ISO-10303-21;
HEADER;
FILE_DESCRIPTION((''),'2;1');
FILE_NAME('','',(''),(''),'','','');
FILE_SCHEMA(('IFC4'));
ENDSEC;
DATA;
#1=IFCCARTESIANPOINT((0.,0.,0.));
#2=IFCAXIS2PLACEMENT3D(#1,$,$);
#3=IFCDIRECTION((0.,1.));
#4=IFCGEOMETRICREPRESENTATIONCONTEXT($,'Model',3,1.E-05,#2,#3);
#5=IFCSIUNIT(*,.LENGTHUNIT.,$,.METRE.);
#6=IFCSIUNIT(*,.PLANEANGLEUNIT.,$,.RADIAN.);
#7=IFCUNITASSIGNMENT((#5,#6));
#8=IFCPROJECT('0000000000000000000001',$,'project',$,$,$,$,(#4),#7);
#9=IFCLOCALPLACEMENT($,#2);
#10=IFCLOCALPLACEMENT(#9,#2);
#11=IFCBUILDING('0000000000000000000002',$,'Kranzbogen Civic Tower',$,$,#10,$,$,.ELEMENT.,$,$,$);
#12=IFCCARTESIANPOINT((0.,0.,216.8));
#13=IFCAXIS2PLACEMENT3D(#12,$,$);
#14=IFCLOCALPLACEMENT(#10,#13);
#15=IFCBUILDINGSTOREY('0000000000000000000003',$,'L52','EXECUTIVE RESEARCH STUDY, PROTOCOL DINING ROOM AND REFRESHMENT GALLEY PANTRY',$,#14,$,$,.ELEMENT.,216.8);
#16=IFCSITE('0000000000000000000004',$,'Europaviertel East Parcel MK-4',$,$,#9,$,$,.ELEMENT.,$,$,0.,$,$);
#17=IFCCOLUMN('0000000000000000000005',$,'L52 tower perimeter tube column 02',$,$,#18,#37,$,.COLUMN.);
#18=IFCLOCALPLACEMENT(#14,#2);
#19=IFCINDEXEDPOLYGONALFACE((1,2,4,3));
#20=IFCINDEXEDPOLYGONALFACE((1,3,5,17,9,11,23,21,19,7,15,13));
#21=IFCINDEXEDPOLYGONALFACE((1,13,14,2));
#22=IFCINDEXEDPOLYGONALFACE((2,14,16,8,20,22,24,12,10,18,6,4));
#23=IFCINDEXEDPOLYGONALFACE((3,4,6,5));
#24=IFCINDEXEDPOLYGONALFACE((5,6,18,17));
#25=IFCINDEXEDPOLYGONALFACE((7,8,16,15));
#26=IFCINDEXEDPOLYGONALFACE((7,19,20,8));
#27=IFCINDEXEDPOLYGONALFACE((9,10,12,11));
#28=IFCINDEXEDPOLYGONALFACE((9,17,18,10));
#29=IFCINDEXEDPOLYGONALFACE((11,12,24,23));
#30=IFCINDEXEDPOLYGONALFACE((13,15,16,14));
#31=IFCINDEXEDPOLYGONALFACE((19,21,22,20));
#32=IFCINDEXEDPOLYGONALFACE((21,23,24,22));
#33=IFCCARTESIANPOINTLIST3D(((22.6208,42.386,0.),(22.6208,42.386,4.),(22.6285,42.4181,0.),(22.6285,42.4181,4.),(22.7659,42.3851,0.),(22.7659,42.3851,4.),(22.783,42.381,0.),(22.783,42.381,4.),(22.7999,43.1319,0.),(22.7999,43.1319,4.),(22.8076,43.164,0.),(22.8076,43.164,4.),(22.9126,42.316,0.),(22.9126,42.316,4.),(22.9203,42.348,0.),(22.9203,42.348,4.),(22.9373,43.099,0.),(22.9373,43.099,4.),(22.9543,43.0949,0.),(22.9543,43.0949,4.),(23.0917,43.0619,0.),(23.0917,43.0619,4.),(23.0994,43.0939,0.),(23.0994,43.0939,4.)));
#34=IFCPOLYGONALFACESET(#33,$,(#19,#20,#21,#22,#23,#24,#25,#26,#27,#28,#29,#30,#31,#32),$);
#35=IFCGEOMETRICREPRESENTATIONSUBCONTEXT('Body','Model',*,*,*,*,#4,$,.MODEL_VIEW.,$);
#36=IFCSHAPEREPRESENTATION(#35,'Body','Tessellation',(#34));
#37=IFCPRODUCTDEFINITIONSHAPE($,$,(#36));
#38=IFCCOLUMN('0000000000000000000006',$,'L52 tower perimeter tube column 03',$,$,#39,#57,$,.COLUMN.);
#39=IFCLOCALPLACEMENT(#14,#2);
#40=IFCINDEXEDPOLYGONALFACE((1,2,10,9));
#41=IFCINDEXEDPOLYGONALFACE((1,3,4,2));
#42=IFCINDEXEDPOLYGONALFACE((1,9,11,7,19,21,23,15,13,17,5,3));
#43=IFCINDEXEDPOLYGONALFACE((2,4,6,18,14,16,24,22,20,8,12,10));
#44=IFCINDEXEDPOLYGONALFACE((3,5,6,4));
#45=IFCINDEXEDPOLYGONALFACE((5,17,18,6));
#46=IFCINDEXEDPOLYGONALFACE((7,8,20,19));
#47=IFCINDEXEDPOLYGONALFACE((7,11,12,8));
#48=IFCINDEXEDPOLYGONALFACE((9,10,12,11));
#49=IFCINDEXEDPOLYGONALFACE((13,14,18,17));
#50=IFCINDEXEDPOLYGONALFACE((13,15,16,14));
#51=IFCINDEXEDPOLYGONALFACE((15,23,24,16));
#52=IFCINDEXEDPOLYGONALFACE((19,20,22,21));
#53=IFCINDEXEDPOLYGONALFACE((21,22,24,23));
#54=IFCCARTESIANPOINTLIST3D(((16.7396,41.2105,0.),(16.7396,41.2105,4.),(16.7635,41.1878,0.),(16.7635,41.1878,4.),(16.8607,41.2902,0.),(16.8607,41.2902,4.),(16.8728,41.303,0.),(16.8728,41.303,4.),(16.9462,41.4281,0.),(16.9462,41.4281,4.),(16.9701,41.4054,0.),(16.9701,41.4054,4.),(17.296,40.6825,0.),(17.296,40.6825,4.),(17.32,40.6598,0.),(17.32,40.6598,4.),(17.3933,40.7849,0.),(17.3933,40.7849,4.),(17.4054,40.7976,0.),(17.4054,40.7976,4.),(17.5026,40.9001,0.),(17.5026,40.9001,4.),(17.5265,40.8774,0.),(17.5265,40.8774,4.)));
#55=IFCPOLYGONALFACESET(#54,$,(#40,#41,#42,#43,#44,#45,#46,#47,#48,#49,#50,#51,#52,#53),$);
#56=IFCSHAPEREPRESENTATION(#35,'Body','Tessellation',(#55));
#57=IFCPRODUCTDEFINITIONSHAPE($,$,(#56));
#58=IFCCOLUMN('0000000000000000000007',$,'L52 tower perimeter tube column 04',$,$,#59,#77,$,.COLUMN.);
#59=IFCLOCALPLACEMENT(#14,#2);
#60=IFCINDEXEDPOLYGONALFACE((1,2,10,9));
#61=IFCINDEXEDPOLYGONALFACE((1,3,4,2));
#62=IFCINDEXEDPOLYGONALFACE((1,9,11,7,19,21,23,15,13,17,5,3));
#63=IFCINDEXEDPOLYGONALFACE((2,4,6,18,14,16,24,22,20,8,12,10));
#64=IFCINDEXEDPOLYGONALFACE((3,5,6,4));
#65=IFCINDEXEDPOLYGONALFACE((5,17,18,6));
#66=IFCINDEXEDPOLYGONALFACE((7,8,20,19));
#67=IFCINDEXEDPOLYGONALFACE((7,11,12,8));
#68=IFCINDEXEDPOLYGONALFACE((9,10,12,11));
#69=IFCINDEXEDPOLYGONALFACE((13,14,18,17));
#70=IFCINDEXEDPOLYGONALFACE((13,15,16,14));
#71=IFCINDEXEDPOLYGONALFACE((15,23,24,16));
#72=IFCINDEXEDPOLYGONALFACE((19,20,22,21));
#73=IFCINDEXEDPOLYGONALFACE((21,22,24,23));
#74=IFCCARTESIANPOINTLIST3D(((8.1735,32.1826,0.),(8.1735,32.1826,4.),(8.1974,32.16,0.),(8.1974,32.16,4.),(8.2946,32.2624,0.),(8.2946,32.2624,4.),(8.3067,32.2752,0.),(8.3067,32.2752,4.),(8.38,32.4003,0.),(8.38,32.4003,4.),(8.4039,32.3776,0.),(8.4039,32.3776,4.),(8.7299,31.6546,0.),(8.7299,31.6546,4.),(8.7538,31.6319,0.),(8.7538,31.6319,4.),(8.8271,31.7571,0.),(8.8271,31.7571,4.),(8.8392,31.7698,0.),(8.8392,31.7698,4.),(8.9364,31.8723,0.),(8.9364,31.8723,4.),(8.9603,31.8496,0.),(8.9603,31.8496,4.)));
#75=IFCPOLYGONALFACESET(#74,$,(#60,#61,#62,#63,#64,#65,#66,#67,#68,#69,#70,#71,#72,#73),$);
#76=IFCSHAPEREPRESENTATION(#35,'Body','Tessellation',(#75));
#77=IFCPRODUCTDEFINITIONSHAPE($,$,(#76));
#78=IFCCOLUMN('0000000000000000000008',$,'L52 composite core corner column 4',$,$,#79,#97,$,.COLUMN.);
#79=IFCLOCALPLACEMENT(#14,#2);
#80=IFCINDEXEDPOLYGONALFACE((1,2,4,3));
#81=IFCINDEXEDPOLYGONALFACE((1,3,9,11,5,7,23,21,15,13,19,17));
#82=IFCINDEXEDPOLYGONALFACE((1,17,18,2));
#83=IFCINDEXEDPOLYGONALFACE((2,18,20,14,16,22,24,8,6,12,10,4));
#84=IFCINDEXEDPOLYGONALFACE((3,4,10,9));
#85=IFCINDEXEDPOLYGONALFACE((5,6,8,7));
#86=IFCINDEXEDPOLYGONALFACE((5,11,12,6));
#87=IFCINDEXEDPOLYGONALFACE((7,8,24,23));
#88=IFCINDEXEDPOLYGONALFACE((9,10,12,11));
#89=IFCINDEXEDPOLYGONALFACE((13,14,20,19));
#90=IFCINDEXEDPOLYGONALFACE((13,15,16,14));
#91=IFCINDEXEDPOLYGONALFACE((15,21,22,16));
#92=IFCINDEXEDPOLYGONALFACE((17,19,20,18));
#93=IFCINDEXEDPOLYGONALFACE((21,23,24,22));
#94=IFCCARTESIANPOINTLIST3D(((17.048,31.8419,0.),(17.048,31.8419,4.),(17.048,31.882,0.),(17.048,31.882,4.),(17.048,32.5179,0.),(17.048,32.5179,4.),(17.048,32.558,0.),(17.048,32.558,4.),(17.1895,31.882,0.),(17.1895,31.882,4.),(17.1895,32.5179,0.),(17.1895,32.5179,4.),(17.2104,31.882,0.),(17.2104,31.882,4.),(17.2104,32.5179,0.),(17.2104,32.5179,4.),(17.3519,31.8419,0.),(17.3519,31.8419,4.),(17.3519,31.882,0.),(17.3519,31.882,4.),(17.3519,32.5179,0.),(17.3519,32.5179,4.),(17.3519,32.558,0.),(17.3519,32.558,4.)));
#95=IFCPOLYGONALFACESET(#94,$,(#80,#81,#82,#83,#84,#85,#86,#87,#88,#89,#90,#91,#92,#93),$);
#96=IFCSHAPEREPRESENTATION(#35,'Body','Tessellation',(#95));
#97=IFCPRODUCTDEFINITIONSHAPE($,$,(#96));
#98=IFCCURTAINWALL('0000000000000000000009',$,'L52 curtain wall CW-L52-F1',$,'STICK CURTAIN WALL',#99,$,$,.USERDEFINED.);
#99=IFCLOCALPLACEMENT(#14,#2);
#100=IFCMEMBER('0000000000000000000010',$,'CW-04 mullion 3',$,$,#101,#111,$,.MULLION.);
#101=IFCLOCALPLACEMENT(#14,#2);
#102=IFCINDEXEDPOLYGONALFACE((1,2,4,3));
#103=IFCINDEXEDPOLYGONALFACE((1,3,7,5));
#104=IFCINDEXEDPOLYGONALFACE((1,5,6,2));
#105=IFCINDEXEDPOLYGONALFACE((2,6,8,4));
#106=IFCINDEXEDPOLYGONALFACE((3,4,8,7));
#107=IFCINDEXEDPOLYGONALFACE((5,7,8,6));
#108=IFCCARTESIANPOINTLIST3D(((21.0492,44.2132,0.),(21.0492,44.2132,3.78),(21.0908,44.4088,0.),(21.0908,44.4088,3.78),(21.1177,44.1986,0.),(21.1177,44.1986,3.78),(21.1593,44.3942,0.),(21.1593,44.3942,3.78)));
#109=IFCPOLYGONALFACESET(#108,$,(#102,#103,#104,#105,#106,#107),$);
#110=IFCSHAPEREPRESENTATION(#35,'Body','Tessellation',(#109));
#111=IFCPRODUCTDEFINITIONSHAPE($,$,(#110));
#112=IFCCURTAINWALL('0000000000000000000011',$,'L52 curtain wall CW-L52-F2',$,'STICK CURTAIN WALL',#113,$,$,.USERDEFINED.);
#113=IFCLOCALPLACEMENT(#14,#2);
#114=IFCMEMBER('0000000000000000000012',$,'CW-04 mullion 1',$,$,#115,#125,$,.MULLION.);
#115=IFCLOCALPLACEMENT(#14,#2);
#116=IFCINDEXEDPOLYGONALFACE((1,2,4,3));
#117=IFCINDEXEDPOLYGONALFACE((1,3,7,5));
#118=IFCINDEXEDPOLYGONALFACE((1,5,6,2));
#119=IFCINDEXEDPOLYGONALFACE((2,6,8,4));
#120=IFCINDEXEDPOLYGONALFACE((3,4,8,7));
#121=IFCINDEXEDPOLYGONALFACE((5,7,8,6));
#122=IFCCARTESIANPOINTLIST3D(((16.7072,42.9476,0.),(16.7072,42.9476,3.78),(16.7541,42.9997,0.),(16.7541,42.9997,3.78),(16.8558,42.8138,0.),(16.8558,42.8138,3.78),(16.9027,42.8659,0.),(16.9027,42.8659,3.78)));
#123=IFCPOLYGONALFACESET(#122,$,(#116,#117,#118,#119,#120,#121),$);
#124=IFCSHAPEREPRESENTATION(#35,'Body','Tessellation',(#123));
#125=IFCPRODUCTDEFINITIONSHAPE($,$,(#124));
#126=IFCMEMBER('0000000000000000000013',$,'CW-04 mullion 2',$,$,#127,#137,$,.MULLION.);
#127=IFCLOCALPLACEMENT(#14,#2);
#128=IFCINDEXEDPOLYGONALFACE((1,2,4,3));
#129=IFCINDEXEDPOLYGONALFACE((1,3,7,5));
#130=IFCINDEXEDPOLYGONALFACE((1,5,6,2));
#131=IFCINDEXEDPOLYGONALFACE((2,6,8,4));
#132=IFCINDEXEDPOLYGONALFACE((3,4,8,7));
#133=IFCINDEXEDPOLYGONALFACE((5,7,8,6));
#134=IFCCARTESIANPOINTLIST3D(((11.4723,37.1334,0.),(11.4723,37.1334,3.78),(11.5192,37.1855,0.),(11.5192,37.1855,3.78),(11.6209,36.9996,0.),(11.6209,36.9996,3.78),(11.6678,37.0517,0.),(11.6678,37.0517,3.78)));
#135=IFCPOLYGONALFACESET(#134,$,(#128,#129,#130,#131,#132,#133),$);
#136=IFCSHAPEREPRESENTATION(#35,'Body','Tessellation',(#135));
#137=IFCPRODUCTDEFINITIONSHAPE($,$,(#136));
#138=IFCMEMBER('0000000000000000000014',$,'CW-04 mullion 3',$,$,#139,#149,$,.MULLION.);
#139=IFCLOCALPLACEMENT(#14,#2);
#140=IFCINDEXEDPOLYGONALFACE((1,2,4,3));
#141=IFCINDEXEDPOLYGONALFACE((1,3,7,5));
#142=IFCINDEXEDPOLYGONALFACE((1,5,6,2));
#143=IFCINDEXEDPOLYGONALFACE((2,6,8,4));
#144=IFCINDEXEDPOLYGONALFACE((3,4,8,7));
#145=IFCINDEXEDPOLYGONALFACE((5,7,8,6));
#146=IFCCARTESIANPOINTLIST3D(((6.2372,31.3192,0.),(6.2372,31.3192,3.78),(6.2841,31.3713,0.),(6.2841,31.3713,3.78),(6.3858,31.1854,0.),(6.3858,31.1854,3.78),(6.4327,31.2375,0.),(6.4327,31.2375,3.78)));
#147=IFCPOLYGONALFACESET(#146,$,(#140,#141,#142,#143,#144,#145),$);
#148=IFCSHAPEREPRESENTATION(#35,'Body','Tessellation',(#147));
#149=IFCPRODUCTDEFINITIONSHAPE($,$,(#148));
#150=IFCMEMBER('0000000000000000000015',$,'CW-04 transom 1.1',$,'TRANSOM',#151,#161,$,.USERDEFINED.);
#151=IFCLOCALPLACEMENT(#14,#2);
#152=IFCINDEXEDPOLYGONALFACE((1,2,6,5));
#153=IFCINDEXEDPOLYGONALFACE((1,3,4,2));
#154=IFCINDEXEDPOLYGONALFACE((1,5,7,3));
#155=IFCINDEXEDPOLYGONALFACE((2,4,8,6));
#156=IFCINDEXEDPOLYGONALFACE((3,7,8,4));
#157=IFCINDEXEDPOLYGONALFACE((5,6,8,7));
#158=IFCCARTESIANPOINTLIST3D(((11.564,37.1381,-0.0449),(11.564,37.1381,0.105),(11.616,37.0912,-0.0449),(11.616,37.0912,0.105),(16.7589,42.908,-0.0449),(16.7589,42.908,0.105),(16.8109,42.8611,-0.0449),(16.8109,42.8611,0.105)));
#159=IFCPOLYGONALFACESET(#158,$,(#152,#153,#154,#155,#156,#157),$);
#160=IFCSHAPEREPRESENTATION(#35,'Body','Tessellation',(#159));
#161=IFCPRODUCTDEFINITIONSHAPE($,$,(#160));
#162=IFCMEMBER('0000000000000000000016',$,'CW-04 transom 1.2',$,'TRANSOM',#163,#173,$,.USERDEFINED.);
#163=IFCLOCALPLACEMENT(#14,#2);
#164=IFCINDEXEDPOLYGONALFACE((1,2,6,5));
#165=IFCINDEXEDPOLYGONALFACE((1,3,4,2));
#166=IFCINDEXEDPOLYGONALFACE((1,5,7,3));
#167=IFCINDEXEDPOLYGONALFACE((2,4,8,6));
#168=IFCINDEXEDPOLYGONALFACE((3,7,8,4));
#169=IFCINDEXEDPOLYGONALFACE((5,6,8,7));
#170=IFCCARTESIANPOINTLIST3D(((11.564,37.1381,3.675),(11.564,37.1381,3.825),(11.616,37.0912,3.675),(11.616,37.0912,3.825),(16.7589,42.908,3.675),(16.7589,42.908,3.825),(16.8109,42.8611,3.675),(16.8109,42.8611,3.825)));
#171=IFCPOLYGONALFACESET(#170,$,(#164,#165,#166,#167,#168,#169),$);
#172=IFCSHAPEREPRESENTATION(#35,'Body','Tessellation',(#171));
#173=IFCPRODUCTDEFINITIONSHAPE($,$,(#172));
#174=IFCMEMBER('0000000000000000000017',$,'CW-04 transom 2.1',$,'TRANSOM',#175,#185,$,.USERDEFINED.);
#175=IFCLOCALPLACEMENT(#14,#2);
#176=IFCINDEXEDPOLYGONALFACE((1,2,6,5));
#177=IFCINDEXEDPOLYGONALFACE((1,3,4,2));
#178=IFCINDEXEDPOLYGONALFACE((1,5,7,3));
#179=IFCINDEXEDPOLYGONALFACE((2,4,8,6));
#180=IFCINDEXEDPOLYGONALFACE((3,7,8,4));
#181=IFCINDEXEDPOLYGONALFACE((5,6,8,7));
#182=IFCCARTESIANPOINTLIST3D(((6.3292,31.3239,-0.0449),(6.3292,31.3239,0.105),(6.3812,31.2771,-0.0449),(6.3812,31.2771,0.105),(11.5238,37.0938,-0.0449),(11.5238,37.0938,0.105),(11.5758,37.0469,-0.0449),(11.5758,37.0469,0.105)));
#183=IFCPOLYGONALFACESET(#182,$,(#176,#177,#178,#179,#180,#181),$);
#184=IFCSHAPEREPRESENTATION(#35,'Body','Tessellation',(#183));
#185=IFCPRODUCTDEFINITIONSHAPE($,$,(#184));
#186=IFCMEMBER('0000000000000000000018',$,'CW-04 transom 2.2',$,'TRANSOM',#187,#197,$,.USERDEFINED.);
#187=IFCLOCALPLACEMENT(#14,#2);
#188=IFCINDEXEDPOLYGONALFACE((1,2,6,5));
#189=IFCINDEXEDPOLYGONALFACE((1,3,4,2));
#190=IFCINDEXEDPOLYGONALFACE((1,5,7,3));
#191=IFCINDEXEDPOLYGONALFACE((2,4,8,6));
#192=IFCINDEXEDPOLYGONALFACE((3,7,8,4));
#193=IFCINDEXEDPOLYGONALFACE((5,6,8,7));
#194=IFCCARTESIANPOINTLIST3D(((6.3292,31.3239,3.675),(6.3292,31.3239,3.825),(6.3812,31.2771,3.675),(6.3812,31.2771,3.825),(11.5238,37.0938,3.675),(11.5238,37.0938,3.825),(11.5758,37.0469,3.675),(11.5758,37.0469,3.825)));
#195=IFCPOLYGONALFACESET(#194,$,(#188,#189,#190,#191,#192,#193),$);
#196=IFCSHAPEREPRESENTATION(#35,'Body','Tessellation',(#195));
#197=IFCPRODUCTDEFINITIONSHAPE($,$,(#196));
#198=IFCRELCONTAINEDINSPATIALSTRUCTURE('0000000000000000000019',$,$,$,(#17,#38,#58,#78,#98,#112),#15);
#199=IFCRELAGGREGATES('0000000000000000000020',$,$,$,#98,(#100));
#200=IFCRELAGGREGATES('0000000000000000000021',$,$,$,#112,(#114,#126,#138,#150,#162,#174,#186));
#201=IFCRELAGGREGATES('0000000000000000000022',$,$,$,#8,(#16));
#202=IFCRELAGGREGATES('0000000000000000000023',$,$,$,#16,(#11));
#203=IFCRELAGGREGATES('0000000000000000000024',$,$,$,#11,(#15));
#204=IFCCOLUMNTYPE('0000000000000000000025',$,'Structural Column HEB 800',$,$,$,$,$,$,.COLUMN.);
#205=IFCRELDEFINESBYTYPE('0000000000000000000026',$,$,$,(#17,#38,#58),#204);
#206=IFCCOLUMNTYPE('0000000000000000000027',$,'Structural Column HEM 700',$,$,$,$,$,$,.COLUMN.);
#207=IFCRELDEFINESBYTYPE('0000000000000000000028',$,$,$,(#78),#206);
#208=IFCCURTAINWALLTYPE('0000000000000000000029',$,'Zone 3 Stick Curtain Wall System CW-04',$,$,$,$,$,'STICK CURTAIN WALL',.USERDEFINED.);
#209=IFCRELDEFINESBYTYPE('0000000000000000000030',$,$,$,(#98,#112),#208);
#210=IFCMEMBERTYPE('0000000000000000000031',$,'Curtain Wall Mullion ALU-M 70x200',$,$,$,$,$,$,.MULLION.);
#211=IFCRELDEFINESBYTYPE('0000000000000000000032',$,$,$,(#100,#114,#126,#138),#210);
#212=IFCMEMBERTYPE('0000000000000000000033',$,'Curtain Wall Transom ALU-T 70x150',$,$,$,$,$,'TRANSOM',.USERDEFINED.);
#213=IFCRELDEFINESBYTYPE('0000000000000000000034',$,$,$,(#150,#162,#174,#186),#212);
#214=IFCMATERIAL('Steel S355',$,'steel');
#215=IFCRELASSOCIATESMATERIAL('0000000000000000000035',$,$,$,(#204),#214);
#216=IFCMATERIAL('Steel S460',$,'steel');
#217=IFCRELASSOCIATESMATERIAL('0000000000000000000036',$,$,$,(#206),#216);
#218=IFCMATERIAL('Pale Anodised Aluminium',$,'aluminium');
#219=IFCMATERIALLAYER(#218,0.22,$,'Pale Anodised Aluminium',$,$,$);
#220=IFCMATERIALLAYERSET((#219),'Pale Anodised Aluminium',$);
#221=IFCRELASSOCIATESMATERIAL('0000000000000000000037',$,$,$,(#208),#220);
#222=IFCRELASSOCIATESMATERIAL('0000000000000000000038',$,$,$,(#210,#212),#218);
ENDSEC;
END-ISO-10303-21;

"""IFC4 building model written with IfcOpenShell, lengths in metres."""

from ifc_helpers import new_model, si_unit, direction, frame, origin, origin_2d, place, context, subcontext, project, spatial, rectangle, i_section, extrude, material, layer, layer_set, material_profile, profile_set, type_object, element, aggregate, save


model = new_model("IFC4")

# Units and contexts
model_context = context("Model", 3, precision=1e-05, world=origin(), true_north=direction((0.0, 1.0)))
body_context = subcontext(model_context, "Body", "Model", "MODEL_VIEW")
ifc_project = project(units=[si_unit("LENGTHUNIT", "METRE"), si_unit("PLANEANGLEUNIT", "RADIAN")], contexts=[model_context])

# Site, building, storey
site_placement = place(None, origin())
site = spatial("IfcSite", under=ifc_project, at=site_placement, Name="Europaviertel East Parcel MK-4", CompositionType="ELEMENT", RefElevation=0.0)
building_placement = place(site_placement, origin())
building = spatial("IfcBuilding", under=site, at=building_placement, Name="Kranzbogen Civic Tower", CompositionType="ELEMENT")
storey_placement = place(building_placement, frame((0.0, 0.0, 216.8)))
storey = spatial("IfcBuildingStorey", under=building, at=storey_placement, Name="L52", Description="EXECUTIVE RESEARCH STUDY, PROTOCOL DINING ROOM AND REFRESHMENT GALLEY PANTRY", CompositionType="ELEMENT", Elevation=216.8)

# Columns
ifc_material_1 = material(Name="Steel S355", Category="steel")
ifc_material_profile_1 = material_profile(ifc_material_1, i_section(OverallWidth=0.3, OverallDepth=0.8, WebThickness=0.0176, FlangeThickness=0.033, at=origin_2d()), Name="HEB 800")
ifc_profile_set_1 = profile_set([ifc_material_profile_1], Name="Steel S355")
column_type_1 = type_object("IfcColumnType", Name="Structural Column HEB 800", PredefinedType="COLUMN", material=ifc_profile_set_1)
for number, where, z_axis, x_axis, name in (
    (1, (22.8601, 42.74, 0.0), (0.0, 0.0, 1.0), (-0.97237, 0.233445, 0.0), "L52 tower perimeter tube column 02"),
    (2, (17.1331, 41.0439, 0.0), (0.0, 0.0, 1.0), (0.688355, 0.725374, 0.0), "L52 tower perimeter tube column 03"),
    (3, (8.5669, 32.0161, 0.0), (0.0, 0.0, 1.0), (0.688355, 0.725374, 0.0), "L52 tower perimeter tube column 04"),
):
    element("IfcColumn", number, at=place(storey_placement, frame(where, z_axis=z_axis, x_axis=x_axis)), inside=storey, type_object=column_type_1, Name=name, PredefinedType="COLUMN", context=body_context, shape_type="SweptSolid", body=[
        extrude(i_section(OverallWidth=0.3, OverallDepth=0.8, WebThickness=0.0176, FlangeThickness=0.033, at=origin_2d()), origin(), (0.0, 0.0, 1.0), 4.0),
    ])
ifc_material_2 = material(Name="Steel S460", Category="steel")
ifc_material_profile_2 = material_profile(ifc_material_2, i_section(OverallWidth=0.304, OverallDepth=0.7161, WebThickness=0.021, FlangeThickness=0.04, at=origin_2d()), Name="HEM 700")
ifc_profile_set_2 = profile_set([ifc_material_profile_2], Name="Steel S460")
column_type_2 = type_object("IfcColumnType", Name="Structural Column HEM 700", PredefinedType="COLUMN", material=ifc_profile_set_2)
column_placement = place(storey_placement, frame((17.2, 32.2, 0.0), z_axis=(0.0, 0.0, 1.0), x_axis=(1.0, 0.0, 0.0)))
element("IfcColumn", 4, at=column_placement, inside=storey, type_object=column_type_2, Name="L52 composite core corner column 4", PredefinedType="COLUMN", context=body_context, shape_type="SweptSolid", body=[
    extrude(i_section(OverallWidth=0.304, OverallDepth=0.7161, WebThickness=0.021, FlangeThickness=0.04, at=origin_2d()), origin(), (0.0, 0.0, 1.0), 4.0),
])

# Curtain wall, member
ifc_material_3 = material(Name="Pale Anodised Aluminium", Category="aluminium")
ifc_layer_1 = layer(ifc_material_3, 0.22, Name="Pale Anodised Aluminium")
ifc_layer_set_1 = layer_set([ifc_layer_1], Name="Pale Anodised Aluminium")
curtain_wall_type = type_object("IfcCurtainWallType", Name="Zone 3 Stick Curtain Wall System CW-04", ElementType="STICK CURTAIN WALL", PredefinedType="USERDEFINED", material=ifc_layer_set_1)
curtain_wall_1_placement = place(storey_placement, origin())
curtain_wall_1 = element("IfcCurtainWall", 5, at=curtain_wall_1_placement, inside=storey, type_object=curtain_wall_type, Name="L52 curtain wall CW-L52-F1", ObjectType="STICK CURTAIN WALL", PredefinedType="USERDEFINED")
ifc_material_profile_3 = material_profile(ifc_material_3, rectangle(XDim=0.0701, YDim=0.2, at=origin_2d()), Name="ALU-M 70x200")
ifc_profile_set_3 = profile_set([ifc_material_profile_3], Name="Pale Anodised Aluminium")
member_type_1 = type_object("IfcMemberType", Name="Curtain Wall Mullion ALU-M 70x200", PredefinedType="MULLION", material=ifc_profile_set_3)
member_1_placement = place(storey_placement, frame((21.1042, 44.3037, 0.0), z_axis=(0.0, 0.0, 1.0), x_axis=(-0.978147, 0.207916, 0.0)))
member_1 = element("IfcMember", 6, at=member_1_placement, type_object=member_type_1, Name="CW-04 mullion 3", PredefinedType="MULLION", context=body_context, shape_type="SweptSolid", body=[
    extrude(rectangle(XDim=0.0701, YDim=0.2, at=origin_2d()), origin(), (0.0, 0.0, 1.0), 3.78),
])
aggregate(curtain_wall_1, [member_1])

# Curtain wall, members
curtain_wall_2_placement = place(storey_placement, origin())
curtain_wall_2 = element("IfcCurtainWall", 7, at=curtain_wall_2_placement, inside=storey, type_object=curtain_wall_type, Name="L52 curtain wall CW-L52-F2", ObjectType="STICK CURTAIN WALL", PredefinedType="USERDEFINED")
member_2_placement = place(storey_placement, frame((16.8049, 42.9067, 0.0), z_axis=(0.0, 0.0, 1.0), x_axis=(-0.669116, -0.743158, 0.0)))
member_2 = element("IfcMember", 8, at=member_2_placement, type_object=member_type_1, Name="CW-04 mullion 1", PredefinedType="MULLION", context=body_context, shape_type="SweptSolid", body=[
    extrude(rectangle(XDim=0.0701, YDim=0.2, at=origin_2d()), origin(), (0.0, 0.0, 1.0), 3.78),
])
member_3_placement = place(storey_placement, frame((11.5701, 37.0925, 0.0), z_axis=(0.0, 0.0, 1.0), x_axis=(-0.669116, -0.743158, 0.0)))
member_3 = element("IfcMember", 9, at=member_3_placement, type_object=member_type_1, Name="CW-04 mullion 2", PredefinedType="MULLION", context=body_context, shape_type="SweptSolid", body=[
    extrude(rectangle(XDim=0.0701, YDim=0.2, at=origin_2d()), origin(), (0.0, 0.0, 1.0), 3.78),
])
member_4_placement = place(storey_placement, frame((6.335, 31.2783, 0.0), z_axis=(0.0, 0.0, 1.0), x_axis=(-0.669116, -0.743158, 0.0)))
member_4 = element("IfcMember", 10, at=member_4_placement, type_object=member_type_1, Name="CW-04 mullion 3", PredefinedType="MULLION", context=body_context, shape_type="SweptSolid", body=[
    extrude(rectangle(XDim=0.0701, YDim=0.2, at=origin_2d()), origin(), (0.0, 0.0, 1.0), 3.78),
])
ifc_material_profile_4 = material_profile(ifc_material_3, rectangle(XDim=0.0701, YDim=0.1499, at=origin_2d()), Name="ALU-T 70x150")
ifc_profile_set_4 = profile_set([ifc_material_profile_4], Name="Pale Anodised Aluminium")
member_type_2 = type_object("IfcMemberType", Name="Curtain Wall Transom ALU-T 70x150", ElementType="TRANSOM", PredefinedType="USERDEFINED", material=ifc_profile_set_4)
member_5_placement = place(storey_placement, frame((16.7849, 42.8845, 0.03), z_axis=(-0.669109, -0.743164, 0.0), x_axis=(0.743164, -0.669109, 0.0)))
member_5 = element("IfcMember", 11, at=member_5_placement, type_object=member_type_2, Name="CW-04 transom 1.1", ObjectType="TRANSOM", PredefinedType="USERDEFINED", context=body_context, shape_type="SweptSolid", body=[
    extrude(rectangle(XDim=0.0701, YDim=0.1499, at=origin_2d()), origin(), (0.0, 0.0, 1.0), 7.7639),
])
member_6_placement = place(storey_placement, frame((16.7849, 42.8845, 3.75), z_axis=(-0.669109, -0.743164, 0.0), x_axis=(0.743164, -0.669109, 0.0)))
member_6 = element("IfcMember", 12, at=member_6_placement, type_object=member_type_2, Name="CW-04 transom 1.2", ObjectType="TRANSOM", PredefinedType="USERDEFINED", context=body_context, shape_type="SweptSolid", body=[
    extrude(rectangle(XDim=0.0701, YDim=0.1499, at=origin_2d()), origin(), (0.0, 0.0, 1.0), 7.7639),
])
member_7_placement = place(storey_placement, frame((11.5498, 37.0703, 0.03), z_axis=(-0.669092, -0.74318, 0.0), x_axis=(0.74318, -0.669092, 0.0)))
member_7 = element("IfcMember", 13, at=member_7_placement, type_object=member_type_2, Name="CW-04 transom 2.1", ObjectType="TRANSOM", PredefinedType="USERDEFINED", context=body_context, shape_type="SweptSolid", body=[
    extrude(rectangle(XDim=0.0701, YDim=0.1499, at=origin_2d()), origin(), (0.0, 0.0, 1.0), 7.7637),
])
member_8_placement = place(storey_placement, frame((11.5498, 37.0703, 3.75), z_axis=(-0.669092, -0.74318, 0.0), x_axis=(0.74318, -0.669092, 0.0)))
member_8 = element("IfcMember", 14, at=member_8_placement, type_object=member_type_2, Name="CW-04 transom 2.2", ObjectType="TRANSOM", PredefinedType="USERDEFINED", context=body_context, shape_type="SweptSolid", body=[
    extrude(rectangle(XDim=0.0701, YDim=0.1499, at=origin_2d()), origin(), (0.0, 0.0, 1.0), 7.7637),
])

aggregate(curtain_wall_2, [member_2, member_3, member_4, member_5, member_6, member_7, member_8])

save(model, "model.ifc")
